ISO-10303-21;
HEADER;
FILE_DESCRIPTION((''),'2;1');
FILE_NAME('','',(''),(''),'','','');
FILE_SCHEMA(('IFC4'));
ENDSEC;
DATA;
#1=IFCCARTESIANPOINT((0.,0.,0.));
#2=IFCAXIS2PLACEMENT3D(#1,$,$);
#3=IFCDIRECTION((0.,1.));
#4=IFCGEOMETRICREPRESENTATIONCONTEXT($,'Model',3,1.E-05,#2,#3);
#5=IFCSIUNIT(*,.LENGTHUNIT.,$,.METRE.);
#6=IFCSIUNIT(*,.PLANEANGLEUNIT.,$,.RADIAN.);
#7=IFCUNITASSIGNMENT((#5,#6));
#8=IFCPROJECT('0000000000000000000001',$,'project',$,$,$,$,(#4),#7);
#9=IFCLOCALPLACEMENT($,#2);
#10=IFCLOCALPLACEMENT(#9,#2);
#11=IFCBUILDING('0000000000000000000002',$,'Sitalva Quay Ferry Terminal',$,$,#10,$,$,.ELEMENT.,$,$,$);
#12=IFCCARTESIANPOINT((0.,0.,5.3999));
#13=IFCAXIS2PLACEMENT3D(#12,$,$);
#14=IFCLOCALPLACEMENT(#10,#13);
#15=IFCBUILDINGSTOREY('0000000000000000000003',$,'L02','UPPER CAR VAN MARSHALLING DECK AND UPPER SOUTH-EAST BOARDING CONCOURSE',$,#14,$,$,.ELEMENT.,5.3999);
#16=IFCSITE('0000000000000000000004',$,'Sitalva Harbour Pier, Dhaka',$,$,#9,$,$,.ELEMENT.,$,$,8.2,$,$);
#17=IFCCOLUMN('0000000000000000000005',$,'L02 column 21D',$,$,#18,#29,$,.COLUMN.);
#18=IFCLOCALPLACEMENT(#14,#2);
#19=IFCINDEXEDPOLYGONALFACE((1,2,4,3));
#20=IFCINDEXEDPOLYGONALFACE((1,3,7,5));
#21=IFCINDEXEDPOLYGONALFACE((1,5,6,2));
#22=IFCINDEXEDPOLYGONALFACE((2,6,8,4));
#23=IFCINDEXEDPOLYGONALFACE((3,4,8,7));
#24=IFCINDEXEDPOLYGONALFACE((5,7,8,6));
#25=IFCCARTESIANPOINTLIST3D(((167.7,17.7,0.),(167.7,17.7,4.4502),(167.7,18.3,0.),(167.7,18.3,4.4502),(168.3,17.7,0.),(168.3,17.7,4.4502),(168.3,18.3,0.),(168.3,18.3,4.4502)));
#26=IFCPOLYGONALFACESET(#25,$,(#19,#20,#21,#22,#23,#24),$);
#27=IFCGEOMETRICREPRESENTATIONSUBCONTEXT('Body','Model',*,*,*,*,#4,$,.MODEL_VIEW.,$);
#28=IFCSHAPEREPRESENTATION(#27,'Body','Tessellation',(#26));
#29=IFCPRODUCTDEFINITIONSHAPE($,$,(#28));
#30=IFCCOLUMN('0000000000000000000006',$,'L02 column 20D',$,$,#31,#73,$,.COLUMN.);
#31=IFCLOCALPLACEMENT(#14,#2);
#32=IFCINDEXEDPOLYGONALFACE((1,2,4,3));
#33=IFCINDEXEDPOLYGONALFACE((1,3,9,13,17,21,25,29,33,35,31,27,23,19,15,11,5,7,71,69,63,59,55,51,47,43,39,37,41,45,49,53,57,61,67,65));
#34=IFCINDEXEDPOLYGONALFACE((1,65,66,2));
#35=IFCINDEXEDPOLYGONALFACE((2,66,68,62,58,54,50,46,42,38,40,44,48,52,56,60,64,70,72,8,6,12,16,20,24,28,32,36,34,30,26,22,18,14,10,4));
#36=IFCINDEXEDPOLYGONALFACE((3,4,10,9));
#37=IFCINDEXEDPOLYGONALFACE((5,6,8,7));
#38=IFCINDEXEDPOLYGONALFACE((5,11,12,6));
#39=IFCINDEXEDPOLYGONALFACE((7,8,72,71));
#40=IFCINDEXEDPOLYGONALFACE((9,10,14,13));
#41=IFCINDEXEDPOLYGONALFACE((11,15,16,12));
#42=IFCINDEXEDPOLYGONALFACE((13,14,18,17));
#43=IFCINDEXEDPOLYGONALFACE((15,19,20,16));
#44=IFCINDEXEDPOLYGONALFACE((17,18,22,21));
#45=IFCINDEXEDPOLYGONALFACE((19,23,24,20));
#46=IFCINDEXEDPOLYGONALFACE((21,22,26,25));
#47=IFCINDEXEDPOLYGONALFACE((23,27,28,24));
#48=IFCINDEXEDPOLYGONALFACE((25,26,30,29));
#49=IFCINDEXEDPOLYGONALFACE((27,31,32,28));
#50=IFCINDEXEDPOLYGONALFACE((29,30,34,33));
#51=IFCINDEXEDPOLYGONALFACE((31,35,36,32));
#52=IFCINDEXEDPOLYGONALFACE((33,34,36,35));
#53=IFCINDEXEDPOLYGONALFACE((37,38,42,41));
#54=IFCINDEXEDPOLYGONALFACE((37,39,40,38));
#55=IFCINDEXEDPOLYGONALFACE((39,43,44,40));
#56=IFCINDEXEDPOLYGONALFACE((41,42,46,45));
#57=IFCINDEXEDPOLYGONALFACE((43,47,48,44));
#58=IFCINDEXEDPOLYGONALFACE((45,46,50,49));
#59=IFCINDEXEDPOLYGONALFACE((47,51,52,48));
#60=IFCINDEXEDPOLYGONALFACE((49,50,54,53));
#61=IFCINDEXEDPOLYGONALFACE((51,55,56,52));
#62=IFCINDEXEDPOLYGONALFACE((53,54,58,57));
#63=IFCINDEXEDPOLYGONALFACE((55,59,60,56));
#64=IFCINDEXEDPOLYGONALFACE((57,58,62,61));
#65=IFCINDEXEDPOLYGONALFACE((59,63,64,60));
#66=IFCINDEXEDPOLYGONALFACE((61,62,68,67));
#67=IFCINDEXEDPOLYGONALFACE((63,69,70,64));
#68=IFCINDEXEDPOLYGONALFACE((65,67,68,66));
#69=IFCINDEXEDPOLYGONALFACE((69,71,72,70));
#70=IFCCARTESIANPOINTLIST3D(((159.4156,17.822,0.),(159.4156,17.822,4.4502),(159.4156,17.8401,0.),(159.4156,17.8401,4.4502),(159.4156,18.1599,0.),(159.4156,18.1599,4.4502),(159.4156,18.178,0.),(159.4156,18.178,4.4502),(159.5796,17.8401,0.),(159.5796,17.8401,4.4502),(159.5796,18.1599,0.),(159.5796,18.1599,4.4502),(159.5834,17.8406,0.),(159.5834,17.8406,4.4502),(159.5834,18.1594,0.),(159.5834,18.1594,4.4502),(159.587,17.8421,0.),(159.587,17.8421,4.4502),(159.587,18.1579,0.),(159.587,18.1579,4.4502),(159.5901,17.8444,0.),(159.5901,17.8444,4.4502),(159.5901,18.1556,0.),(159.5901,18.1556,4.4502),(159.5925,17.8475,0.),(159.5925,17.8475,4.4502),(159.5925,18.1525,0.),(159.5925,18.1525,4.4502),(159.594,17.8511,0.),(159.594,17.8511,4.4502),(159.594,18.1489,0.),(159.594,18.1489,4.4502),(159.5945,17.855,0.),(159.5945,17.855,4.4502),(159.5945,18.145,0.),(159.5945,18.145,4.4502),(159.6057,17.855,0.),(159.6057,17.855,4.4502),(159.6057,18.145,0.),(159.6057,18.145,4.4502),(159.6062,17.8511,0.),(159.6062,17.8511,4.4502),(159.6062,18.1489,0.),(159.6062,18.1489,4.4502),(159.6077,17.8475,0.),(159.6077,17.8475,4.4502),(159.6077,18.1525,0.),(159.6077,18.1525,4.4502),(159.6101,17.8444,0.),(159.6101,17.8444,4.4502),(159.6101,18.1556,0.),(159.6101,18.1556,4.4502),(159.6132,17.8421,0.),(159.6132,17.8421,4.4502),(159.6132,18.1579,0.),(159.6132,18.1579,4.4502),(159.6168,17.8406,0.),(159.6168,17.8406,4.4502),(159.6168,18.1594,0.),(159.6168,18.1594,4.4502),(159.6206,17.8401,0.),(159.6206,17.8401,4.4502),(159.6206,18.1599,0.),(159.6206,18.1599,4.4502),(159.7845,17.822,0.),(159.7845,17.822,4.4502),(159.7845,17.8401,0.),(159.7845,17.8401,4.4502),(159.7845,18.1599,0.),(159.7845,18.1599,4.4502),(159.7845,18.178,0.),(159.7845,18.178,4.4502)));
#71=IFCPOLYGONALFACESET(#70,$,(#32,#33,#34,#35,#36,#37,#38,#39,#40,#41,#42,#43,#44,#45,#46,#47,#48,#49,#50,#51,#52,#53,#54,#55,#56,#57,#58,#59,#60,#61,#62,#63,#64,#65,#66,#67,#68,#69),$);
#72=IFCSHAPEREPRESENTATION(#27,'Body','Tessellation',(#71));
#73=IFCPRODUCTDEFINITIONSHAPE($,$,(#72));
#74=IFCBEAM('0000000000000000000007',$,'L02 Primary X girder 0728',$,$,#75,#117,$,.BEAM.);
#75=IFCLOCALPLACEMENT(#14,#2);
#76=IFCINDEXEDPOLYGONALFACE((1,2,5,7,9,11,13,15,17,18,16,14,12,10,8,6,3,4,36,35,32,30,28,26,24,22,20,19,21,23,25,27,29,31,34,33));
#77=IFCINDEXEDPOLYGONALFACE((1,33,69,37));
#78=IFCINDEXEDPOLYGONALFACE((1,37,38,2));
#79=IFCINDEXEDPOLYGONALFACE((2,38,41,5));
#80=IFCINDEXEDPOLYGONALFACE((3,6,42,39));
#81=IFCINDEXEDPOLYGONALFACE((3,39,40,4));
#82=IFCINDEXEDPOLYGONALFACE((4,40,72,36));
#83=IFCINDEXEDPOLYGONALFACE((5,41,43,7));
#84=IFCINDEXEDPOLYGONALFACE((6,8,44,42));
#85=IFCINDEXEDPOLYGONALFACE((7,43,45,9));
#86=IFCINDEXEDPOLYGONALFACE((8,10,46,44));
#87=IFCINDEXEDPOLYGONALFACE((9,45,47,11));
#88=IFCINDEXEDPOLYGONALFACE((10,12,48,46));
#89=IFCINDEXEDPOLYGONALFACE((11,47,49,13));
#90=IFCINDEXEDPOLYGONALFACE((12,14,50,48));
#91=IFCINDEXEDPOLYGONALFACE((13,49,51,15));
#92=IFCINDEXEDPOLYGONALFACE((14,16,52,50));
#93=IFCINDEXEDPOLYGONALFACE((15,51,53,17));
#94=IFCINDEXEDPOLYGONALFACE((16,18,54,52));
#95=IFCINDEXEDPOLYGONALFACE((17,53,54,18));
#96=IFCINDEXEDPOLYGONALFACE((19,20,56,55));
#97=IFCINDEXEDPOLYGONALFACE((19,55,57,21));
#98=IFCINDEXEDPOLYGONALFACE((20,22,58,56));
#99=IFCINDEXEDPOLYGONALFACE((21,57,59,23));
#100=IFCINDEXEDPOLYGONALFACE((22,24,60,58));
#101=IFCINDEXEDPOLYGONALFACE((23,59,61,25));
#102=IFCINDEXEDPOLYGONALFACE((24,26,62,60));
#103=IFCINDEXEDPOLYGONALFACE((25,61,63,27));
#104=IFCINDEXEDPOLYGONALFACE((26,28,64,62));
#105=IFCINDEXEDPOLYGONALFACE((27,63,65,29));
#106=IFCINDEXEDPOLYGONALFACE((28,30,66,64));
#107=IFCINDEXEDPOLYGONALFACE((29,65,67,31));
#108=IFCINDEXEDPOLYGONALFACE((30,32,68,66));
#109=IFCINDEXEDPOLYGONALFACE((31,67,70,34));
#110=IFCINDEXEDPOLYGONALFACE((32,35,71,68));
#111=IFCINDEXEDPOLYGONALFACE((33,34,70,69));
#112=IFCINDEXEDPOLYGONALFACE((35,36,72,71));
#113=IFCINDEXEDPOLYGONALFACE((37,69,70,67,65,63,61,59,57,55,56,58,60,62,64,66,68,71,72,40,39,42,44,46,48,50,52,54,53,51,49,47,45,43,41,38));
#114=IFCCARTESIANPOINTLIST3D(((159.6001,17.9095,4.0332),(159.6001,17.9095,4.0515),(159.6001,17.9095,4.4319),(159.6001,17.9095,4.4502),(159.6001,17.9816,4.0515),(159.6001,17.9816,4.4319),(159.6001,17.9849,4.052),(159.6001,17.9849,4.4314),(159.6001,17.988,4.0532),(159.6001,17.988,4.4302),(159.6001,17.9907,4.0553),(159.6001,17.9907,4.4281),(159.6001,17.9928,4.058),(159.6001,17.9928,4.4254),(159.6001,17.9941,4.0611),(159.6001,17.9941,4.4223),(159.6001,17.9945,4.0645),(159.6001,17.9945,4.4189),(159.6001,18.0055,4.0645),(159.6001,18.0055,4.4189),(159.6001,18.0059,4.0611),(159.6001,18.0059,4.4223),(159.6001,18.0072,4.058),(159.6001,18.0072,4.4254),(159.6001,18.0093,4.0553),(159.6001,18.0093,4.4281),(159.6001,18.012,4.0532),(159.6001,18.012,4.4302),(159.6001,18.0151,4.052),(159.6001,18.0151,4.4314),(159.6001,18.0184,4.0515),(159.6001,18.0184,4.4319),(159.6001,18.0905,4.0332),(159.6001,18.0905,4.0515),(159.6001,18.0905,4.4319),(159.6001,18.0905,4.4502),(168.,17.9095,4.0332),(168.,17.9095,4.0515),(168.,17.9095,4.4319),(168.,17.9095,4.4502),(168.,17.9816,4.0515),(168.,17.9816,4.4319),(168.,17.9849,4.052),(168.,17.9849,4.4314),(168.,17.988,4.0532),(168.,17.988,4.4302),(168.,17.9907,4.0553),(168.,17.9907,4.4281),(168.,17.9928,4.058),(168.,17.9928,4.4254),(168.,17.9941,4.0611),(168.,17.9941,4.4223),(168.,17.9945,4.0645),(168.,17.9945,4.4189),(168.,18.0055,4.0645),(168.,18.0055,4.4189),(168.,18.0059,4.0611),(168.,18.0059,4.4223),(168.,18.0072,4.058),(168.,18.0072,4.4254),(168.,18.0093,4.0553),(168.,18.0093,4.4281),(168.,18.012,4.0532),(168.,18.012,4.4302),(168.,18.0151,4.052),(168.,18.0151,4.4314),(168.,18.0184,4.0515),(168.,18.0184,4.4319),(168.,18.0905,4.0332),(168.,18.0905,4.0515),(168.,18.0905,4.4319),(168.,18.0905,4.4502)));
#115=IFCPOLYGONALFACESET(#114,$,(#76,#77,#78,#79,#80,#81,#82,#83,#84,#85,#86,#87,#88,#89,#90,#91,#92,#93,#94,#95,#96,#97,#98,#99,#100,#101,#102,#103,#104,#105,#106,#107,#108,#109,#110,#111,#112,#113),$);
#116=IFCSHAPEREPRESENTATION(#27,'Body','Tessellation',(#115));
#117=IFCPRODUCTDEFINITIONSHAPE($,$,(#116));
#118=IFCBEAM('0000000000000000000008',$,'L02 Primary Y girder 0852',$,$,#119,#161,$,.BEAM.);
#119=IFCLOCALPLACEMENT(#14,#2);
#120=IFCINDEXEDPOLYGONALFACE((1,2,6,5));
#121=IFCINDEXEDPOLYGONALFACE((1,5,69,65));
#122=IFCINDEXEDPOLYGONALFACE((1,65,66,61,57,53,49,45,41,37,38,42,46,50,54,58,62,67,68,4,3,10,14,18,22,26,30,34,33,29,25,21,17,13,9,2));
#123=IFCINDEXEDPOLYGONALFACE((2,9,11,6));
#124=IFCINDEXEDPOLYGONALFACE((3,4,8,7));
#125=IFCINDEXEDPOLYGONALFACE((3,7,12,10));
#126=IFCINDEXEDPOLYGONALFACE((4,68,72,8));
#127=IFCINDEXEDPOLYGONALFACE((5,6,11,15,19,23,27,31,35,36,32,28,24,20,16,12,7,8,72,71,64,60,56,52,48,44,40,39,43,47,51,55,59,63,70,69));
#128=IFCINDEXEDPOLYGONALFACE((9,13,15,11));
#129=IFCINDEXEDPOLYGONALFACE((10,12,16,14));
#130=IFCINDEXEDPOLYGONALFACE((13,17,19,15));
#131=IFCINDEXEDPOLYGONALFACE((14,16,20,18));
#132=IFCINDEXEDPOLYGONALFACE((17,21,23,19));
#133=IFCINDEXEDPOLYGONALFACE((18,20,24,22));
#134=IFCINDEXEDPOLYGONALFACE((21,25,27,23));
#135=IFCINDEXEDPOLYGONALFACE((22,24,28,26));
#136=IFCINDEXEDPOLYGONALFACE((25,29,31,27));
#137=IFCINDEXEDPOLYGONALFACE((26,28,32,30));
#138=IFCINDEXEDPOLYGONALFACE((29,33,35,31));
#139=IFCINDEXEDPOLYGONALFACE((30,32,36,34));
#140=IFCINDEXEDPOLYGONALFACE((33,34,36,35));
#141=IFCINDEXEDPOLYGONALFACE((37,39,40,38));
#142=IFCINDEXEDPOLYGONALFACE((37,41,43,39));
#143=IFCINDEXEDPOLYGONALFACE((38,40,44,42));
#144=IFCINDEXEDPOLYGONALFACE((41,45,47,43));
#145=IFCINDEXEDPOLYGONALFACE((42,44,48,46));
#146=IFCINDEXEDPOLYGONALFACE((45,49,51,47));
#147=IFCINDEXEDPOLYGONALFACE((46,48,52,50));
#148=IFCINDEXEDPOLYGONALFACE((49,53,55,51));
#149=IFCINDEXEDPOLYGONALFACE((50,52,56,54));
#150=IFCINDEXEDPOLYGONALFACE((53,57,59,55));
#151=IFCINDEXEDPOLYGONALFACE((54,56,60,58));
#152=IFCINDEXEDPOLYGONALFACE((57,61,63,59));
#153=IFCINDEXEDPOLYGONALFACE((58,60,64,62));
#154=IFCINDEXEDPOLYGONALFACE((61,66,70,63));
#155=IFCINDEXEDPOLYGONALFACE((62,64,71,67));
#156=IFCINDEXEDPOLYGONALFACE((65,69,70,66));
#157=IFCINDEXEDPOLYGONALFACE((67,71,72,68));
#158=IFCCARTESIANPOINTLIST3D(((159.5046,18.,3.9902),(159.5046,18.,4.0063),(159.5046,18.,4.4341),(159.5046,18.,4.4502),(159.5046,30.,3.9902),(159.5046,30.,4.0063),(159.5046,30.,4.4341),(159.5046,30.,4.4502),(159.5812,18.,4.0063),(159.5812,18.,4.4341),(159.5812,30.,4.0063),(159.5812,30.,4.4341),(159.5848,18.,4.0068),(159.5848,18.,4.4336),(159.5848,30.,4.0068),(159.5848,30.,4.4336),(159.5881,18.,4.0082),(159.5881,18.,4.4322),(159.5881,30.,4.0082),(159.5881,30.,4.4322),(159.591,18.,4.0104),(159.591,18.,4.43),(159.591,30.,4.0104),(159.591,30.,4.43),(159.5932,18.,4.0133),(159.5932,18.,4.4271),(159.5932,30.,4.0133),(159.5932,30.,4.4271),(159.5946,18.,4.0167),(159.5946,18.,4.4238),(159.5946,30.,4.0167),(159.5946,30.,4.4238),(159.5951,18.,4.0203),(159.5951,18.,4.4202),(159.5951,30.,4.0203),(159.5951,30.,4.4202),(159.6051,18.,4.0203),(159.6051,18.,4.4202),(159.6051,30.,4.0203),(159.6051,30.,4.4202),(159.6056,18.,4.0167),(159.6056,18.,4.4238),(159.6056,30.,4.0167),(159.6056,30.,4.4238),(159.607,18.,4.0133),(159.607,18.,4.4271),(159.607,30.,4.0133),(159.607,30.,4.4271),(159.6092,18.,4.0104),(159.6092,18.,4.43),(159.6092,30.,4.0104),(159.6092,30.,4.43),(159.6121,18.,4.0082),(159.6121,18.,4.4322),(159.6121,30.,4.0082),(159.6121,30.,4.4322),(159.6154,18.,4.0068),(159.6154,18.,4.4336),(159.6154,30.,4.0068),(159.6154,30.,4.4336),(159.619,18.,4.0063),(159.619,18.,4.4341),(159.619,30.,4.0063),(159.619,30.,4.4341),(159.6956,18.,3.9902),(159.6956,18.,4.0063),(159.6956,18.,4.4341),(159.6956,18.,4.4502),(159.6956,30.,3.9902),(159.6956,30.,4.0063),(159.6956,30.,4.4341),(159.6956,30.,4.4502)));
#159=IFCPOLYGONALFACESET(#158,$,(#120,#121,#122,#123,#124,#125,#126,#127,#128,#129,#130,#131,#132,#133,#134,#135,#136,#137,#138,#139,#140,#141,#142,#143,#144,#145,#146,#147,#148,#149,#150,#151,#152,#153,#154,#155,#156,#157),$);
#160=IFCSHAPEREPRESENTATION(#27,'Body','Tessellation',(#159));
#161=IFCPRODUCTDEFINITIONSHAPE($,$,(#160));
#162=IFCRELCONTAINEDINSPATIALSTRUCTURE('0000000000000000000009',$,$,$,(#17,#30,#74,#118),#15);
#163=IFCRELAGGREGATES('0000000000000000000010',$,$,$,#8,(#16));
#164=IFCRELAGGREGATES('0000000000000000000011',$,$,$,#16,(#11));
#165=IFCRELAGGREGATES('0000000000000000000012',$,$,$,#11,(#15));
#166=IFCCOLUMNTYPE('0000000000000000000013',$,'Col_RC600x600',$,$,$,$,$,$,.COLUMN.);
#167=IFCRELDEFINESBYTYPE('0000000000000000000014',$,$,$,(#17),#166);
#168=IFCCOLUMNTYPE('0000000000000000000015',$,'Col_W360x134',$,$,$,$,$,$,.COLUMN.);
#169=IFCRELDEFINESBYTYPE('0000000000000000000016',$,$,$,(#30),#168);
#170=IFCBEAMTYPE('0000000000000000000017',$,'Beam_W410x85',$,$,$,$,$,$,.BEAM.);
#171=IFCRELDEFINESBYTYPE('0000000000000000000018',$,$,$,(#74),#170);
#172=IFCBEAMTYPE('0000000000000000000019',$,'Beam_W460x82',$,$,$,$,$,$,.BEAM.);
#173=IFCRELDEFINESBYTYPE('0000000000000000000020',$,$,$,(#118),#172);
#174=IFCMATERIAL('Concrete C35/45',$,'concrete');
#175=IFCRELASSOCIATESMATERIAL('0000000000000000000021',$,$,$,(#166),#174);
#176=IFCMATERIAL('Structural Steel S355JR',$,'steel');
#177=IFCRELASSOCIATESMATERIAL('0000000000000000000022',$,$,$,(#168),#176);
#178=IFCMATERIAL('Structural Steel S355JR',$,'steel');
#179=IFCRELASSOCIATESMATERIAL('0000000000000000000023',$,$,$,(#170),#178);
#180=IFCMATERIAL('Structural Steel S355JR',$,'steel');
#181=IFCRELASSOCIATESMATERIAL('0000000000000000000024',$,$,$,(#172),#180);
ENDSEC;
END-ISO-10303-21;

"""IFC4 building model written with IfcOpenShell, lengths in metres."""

from ifc_helpers import new_model, si_unit, direction, frame, origin, origin_2d, place, context, subcontext, project, spatial, rectangle, i_section, extrude, material, material_profile, profile_set, type_object, element, save


model = new_model("IFC4")

# Units and contexts
model_context = context("Model", 3, precision=1e-05, world=origin(), true_north=direction((0.0, 1.0)))
body_context = subcontext(model_context, "Body", "Model", "MODEL_VIEW")
ifc_project = project(units=[si_unit("LENGTHUNIT", "METRE"), si_unit("PLANEANGLEUNIT", "RADIAN")], contexts=[model_context])

# Site, building, storey
site_placement = place(None, origin())
site = spatial("IfcSite", under=ifc_project, at=site_placement, Name="Sitalva Harbour Pier, Dhaka", CompositionType="ELEMENT", RefElevation=8.2)
building_placement = place(site_placement, origin())
building = spatial("IfcBuilding", under=site, at=building_placement, Name="Sitalva Quay Ferry Terminal", CompositionType="ELEMENT")
storey_placement = place(building_placement, frame((0.0, 0.0, 5.3999)))
storey = spatial("IfcBuildingStorey", under=building, at=storey_placement, Name="L02", Description="UPPER CAR VAN MARSHALLING DECK AND UPPER SOUTH-EAST BOARDING CONCOURSE", CompositionType="ELEMENT", Elevation=5.3999)

# Columns
ifc_material_1 = material(Name="Concrete C35/45", Category="concrete")
ifc_material_profile_1 = material_profile(ifc_material_1, rectangle(XDim=0.6001, YDim=0.6001, at=origin_2d()), Name="RC600x600")
ifc_profile_set_1 = profile_set([ifc_material_profile_1], Name="Concrete C35/45")
column_type_1 = type_object("IfcColumnType", Name="Col_RC600x600", PredefinedType="COLUMN", material=ifc_profile_set_1)
column_1_placement = place(storey_placement, frame((168.0, 18.0, 0.0), z_axis=(0.0, 0.0, 1.0), x_axis=(1.0, 0.0, 0.0)))
element("IfcColumn", 1, at=column_1_placement, inside=storey, type_object=column_type_1, Name="L02 column 21D", PredefinedType="COLUMN", context=body_context, shape_type="SweptSolid", body=[
    extrude(rectangle(XDim=0.6001, YDim=0.6001, at=origin_2d()), origin(), (0.0, 0.0, 1.0), 4.4502),
])
ifc_material_2 = material(Name="Structural Steel S355JR", Category="steel")
ifc_material_profile_2 = material_profile(ifc_material_2, i_section(OverallWidth=0.3689, OverallDepth=0.356, WebThickness=0.0112, FlangeThickness=0.0181, FilletRadius=0.0149, at=origin_2d()), Name="W360x134")
ifc_profile_set_2 = profile_set([ifc_material_profile_2], Name="Structural Steel S355JR")
column_type_2 = type_object("IfcColumnType", Name="Col_W360x134", PredefinedType="COLUMN", material=ifc_profile_set_2)
column_2_placement = place(storey_placement, frame((159.6001, 18.0, 0.0), z_axis=(0.0, 0.0, 1.0), x_axis=(1.0, 0.0, 0.0)))
element("IfcColumn", 2, at=column_2_placement, inside=storey, type_object=column_type_2, Name="L02 column 20D", PredefinedType="COLUMN", context=body_context, shape_type="SweptSolid", body=[
    extrude(i_section(OverallWidth=0.3689, OverallDepth=0.356, WebThickness=0.0112, FlangeThickness=0.0181, FilletRadius=0.0149, at=origin_2d()), origin(), (0.0, 0.0, 1.0), 4.4502),
])

# Beams
ifc_material_3 = material(Name="Structural Steel S355JR", Category="steel")
ifc_material_profile_3 = material_profile(ifc_material_3, i_section(OverallWidth=0.1809, OverallDepth=0.417, WebThickness=0.011, FlangeThickness=0.0183, FilletRadius=0.0129, at=origin_2d()), Name="W410x85")
ifc_profile_set_3 = profile_set([ifc_material_profile_3], Name="Structural Steel S355JR")
beam_type_1 = type_object("IfcBeamType", Name="Beam_W410x85", PredefinedType="BEAM", material=ifc_profile_set_3)
beam_placement = place(storey_placement, frame((159.6001, 18.0, 4.2417), z_axis=(1.0, 0.0, 0.0), x_axis=(0.0, 1.0, 0.0)))
element("IfcBeam", 3, at=beam_placement, inside=storey, type_object=beam_type_1, Name="L02 Primary X girder 0728", PredefinedType="BEAM", context=body_context, shape_type="SweptSolid", body=[
    extrude(i_section(OverallWidth=0.1809, OverallDepth=0.417, WebThickness=0.011, FlangeThickness=0.0183, FilletRadius=0.0129, at=origin_2d()), origin(), (0.0, 0.0, 1.0), 8.3999),
])
ifc_material_4 = material(Name="Structural Steel S355JR", Category="steel")
ifc_material_profile_4 = material_profile(ifc_material_4, i_section(OverallWidth=0.1909, OverallDepth=0.46, WebThickness=0.01, FlangeThickness=0.0161, FilletRadius=0.0139, at=origin_2d()), Name="W460x82")
ifc_profile_set_4 = profile_set([ifc_material_profile_4], Name="Structural Steel S355JR")
beam_type_2 = type_object("IfcBeamType", Name="Beam_W460x82", PredefinedType="BEAM", material=ifc_profile_set_4)
for number, where, z_axis, x_axis, name in (
    (4, (159.6001, 18.0, 4.2202), (0.0, 1.0, 0.0), (-1.0, 0.0, 0.0), "L02 Primary Y girder 0852"),
):
    element("IfcBeam", number, at=place(storey_placement, frame(where, z_axis=z_axis, x_axis=x_axis)), inside=storey, type_object=beam_type_2, Name=name, PredefinedType="BEAM", context=body_context, shape_type="SweptSolid", body=[
        extrude(i_section(OverallWidth=0.1909, OverallDepth=0.46, WebThickness=0.01, FlangeThickness=0.0161, FilletRadius=0.0139, at=origin_2d()), origin(), (0.0, 0.0, 1.0), 12.0),
    ])

save(model, "model.ifc")
